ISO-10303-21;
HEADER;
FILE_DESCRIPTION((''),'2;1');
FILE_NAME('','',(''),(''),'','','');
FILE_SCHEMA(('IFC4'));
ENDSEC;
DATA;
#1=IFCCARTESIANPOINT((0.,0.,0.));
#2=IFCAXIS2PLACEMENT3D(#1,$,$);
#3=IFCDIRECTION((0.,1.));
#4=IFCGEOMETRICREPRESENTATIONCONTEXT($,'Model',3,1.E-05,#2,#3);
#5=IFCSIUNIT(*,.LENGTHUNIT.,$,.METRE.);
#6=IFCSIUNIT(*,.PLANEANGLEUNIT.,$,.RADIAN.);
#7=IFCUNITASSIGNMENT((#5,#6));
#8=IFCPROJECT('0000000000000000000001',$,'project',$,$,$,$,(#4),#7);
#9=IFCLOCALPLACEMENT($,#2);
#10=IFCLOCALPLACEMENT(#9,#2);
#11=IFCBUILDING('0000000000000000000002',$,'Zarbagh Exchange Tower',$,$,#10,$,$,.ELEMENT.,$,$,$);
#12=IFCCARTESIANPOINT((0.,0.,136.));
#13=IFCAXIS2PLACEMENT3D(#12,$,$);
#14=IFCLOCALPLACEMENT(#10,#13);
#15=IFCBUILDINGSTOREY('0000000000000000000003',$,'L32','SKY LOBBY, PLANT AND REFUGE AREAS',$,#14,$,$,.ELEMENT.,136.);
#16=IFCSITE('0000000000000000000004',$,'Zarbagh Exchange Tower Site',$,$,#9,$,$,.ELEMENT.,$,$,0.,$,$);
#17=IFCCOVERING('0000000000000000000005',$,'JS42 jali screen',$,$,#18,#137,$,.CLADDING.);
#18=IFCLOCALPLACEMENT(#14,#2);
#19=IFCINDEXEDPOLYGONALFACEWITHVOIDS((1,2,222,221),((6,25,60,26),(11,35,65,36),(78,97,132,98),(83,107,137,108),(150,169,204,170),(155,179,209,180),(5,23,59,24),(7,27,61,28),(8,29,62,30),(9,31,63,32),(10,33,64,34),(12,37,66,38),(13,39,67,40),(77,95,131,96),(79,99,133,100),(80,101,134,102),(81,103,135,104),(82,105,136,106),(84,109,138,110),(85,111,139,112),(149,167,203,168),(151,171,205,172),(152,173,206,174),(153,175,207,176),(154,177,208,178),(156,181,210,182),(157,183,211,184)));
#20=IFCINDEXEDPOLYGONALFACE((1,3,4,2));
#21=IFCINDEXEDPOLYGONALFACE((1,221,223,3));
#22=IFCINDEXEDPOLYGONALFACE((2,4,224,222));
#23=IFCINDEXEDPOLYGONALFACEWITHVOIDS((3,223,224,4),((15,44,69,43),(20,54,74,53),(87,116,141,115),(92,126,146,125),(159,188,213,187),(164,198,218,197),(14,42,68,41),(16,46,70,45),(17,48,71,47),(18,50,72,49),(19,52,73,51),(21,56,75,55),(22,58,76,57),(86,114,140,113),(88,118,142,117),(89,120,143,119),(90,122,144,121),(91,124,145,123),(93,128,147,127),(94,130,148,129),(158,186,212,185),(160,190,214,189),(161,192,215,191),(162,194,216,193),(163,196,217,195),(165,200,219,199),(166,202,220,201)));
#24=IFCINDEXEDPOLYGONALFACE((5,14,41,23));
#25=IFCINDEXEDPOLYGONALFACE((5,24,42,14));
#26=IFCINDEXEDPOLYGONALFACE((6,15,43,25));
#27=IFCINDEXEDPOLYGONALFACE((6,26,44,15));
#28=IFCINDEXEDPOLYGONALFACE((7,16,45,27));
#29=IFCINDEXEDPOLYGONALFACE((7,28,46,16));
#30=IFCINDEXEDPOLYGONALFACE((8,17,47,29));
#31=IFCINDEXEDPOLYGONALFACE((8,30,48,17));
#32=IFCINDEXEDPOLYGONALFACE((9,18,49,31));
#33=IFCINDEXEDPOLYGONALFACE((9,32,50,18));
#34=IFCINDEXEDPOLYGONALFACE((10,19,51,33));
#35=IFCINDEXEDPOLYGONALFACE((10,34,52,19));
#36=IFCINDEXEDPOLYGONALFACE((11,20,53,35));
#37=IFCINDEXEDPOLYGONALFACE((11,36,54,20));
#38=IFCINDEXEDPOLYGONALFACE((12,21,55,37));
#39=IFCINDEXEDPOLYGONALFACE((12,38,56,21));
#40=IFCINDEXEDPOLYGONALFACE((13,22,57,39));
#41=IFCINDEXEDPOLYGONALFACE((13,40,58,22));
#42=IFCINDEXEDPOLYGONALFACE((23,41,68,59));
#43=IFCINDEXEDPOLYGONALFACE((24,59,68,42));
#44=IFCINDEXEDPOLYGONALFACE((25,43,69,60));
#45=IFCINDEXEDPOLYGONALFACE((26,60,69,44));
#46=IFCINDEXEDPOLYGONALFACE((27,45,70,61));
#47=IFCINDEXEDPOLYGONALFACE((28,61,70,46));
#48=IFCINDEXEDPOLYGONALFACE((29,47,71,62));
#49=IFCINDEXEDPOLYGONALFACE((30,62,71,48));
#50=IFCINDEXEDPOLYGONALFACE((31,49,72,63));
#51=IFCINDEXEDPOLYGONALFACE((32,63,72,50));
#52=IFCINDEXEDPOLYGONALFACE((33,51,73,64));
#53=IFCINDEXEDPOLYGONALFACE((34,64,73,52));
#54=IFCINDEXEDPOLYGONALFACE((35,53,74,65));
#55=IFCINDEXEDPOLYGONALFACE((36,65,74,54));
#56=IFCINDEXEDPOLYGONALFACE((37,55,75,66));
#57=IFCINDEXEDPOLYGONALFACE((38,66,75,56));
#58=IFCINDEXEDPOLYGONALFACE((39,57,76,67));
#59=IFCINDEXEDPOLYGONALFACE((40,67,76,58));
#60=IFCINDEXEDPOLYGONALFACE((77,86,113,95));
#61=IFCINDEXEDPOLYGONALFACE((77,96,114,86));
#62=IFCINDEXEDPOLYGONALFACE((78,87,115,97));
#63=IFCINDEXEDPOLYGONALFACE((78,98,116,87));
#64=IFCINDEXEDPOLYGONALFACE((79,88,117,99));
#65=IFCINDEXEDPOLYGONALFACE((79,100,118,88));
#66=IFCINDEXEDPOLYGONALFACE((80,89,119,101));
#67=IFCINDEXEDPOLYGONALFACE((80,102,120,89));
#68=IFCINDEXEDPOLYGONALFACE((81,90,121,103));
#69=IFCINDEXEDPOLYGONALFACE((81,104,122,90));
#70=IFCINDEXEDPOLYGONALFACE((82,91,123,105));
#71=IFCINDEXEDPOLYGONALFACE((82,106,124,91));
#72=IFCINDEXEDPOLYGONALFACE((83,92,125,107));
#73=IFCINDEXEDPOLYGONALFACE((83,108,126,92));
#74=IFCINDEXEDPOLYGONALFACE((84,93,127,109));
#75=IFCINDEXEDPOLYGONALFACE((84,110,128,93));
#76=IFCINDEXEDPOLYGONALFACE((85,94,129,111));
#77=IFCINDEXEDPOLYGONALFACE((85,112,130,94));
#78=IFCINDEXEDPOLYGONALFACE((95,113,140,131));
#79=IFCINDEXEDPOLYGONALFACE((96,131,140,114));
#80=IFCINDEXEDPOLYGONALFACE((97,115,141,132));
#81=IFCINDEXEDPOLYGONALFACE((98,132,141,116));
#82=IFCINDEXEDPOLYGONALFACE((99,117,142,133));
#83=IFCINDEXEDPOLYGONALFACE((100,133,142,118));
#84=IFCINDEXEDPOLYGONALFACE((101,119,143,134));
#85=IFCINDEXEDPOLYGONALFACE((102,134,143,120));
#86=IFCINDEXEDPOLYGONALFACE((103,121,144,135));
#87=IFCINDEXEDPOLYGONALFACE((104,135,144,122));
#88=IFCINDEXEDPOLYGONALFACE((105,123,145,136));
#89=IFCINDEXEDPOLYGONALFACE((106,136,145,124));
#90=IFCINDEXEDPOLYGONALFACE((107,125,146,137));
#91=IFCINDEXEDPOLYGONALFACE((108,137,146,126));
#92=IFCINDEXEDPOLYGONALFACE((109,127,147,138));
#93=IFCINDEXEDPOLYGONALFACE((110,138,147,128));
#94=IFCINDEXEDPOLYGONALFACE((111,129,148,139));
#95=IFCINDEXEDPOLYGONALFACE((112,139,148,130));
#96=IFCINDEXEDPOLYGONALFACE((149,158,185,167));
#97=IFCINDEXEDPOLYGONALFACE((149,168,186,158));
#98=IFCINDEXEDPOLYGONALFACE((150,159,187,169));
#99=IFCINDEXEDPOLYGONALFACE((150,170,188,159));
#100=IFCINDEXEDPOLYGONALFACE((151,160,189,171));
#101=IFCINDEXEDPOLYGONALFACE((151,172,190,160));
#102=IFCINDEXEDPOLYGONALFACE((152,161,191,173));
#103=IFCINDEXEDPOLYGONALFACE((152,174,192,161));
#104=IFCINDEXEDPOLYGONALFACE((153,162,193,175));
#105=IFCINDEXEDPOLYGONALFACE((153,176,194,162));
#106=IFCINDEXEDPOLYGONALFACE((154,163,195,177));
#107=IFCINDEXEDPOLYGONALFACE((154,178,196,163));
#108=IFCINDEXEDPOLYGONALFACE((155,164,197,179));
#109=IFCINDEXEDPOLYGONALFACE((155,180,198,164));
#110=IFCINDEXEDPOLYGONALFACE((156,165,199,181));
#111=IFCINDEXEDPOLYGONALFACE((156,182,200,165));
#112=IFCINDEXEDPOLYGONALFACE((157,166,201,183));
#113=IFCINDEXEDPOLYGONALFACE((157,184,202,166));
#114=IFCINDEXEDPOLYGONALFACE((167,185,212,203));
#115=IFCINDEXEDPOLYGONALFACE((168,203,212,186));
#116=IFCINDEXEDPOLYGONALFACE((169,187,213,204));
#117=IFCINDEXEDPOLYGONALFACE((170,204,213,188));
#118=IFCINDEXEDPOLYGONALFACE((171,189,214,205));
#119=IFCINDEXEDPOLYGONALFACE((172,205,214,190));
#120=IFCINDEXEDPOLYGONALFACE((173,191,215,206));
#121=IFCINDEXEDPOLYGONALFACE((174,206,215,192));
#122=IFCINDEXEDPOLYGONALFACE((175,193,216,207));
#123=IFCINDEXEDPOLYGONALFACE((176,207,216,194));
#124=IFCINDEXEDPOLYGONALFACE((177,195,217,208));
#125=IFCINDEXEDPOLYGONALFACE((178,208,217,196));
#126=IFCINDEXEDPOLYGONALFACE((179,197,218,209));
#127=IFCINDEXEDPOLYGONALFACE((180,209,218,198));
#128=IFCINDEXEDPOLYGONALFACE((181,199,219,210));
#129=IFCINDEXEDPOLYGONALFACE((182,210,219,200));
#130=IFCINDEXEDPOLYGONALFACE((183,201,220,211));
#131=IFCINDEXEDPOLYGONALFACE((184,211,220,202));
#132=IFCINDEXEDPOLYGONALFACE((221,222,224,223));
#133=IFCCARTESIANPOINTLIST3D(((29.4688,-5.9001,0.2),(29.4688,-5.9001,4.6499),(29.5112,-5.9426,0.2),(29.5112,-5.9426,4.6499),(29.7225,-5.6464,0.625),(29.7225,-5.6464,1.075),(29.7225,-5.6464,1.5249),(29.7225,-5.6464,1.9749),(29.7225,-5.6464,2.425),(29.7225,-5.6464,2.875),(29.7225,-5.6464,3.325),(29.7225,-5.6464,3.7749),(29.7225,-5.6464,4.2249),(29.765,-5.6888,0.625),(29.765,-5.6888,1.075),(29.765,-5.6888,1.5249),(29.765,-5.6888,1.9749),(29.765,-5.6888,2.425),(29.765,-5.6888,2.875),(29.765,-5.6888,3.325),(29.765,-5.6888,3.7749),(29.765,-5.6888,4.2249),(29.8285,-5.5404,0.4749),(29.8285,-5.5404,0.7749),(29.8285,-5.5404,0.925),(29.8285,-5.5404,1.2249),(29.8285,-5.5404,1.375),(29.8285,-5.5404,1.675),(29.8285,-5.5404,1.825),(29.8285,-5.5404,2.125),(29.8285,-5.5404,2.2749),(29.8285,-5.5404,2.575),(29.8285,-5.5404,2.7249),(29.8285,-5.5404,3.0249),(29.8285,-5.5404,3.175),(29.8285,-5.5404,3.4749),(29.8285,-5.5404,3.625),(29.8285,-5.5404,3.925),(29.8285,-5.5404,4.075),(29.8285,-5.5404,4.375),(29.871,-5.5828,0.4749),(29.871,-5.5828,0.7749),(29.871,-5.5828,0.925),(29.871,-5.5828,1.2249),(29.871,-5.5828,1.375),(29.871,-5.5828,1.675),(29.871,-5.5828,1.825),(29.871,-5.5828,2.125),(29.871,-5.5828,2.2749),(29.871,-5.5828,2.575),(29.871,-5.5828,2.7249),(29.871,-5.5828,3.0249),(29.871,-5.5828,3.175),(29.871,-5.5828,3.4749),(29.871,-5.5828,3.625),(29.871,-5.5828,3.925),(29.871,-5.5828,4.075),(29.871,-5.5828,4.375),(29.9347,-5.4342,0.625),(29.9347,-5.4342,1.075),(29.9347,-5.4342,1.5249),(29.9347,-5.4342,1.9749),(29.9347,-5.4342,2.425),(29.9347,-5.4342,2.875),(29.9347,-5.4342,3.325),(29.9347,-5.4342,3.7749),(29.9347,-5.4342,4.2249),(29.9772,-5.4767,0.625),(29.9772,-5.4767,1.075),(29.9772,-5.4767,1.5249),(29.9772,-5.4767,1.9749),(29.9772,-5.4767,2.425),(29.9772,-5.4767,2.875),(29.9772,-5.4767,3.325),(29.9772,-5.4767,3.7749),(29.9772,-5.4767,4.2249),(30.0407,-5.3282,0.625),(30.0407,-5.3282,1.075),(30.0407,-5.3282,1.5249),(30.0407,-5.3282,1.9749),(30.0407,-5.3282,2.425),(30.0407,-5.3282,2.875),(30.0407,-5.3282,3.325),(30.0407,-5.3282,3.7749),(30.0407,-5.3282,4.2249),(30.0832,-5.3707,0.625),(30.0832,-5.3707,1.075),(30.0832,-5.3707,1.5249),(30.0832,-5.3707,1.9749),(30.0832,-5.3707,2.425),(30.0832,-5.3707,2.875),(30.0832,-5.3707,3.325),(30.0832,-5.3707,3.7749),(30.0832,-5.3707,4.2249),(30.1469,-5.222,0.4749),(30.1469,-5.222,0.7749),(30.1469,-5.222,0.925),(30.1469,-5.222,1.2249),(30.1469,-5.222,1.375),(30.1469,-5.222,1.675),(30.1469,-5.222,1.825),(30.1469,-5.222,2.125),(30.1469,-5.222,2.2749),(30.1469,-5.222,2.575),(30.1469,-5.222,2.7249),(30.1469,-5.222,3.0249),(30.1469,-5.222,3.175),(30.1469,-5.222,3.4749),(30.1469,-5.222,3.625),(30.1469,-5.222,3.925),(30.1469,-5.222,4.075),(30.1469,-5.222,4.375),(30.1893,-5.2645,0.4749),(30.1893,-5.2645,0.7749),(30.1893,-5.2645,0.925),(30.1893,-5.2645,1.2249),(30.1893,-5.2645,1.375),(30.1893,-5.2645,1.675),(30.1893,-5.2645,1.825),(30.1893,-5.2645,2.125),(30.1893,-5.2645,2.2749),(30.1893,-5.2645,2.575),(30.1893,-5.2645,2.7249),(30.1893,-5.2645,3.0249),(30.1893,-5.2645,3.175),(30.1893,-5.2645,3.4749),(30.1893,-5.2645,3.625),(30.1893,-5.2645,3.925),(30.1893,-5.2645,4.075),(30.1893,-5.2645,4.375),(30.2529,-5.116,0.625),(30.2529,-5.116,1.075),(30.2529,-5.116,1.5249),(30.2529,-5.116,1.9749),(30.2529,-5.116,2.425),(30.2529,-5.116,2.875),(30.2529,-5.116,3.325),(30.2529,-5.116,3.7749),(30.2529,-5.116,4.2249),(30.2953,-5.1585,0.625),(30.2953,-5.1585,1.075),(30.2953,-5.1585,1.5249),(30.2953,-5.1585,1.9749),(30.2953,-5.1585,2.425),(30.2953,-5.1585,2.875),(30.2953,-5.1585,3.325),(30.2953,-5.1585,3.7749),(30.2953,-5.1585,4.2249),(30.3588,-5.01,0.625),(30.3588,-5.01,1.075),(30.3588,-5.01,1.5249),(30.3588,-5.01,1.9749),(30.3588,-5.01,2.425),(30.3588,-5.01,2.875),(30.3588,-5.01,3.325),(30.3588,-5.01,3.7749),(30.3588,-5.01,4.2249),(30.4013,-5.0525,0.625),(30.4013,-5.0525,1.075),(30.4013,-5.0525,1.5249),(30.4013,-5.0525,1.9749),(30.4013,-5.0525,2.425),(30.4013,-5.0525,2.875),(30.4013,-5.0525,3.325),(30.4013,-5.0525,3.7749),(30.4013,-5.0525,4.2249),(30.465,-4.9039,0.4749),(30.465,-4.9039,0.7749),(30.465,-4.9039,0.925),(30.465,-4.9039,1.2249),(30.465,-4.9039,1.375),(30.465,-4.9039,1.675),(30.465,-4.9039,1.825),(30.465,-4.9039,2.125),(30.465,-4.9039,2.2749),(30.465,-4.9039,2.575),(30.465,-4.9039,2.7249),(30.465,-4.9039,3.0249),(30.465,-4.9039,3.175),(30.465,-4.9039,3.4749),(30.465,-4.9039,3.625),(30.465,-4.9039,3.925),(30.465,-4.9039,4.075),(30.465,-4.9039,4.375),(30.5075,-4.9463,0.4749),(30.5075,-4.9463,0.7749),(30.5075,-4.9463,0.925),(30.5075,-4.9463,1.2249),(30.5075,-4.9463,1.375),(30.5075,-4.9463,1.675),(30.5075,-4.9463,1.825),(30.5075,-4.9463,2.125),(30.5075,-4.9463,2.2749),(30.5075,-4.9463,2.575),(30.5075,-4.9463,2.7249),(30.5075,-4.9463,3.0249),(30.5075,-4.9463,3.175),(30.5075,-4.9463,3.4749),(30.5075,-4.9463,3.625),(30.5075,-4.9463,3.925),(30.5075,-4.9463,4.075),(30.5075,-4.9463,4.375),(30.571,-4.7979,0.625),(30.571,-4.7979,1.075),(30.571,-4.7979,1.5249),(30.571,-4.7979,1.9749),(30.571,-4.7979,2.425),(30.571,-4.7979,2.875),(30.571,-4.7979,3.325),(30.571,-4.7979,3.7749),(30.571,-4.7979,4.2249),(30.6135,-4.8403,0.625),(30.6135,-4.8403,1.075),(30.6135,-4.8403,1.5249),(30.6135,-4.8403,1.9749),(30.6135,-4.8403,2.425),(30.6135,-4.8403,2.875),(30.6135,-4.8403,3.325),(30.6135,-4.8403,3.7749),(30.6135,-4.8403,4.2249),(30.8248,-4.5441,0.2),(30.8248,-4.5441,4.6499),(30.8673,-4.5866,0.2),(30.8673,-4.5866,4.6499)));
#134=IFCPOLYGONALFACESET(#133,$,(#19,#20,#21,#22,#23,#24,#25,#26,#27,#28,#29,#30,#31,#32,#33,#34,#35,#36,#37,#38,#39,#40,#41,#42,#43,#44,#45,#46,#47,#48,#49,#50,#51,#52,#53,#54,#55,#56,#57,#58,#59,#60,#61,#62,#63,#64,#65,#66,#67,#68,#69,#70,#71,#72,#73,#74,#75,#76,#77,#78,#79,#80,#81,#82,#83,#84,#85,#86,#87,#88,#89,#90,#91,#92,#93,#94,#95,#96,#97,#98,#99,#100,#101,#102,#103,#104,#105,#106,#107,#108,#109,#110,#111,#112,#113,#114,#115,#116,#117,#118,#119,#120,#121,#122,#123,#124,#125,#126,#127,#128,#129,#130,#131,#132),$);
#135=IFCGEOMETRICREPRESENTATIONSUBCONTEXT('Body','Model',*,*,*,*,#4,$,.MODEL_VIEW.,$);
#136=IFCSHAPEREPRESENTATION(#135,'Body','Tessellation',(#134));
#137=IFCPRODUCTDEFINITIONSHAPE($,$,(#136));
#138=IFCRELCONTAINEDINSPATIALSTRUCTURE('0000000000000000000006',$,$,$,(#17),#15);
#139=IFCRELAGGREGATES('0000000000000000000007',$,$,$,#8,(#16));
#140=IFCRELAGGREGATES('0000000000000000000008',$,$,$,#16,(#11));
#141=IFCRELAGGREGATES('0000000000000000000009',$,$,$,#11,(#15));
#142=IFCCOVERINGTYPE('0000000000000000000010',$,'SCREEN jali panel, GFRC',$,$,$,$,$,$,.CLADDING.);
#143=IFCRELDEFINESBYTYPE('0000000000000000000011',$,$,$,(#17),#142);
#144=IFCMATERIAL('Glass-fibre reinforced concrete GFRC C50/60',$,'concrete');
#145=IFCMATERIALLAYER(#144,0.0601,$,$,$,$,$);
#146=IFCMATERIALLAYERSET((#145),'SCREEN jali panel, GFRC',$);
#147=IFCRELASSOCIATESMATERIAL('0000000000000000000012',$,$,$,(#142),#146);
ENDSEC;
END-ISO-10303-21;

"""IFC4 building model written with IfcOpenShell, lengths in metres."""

from ifc_helpers import new_model, si_unit, direction, frame, origin, place, context, subcontext, project, spatial, polyline, outline, extrude, source, transform, mapped, material, layer, layer_set, type_object, element, save


model = new_model("IFC4")

# Units and contexts
model_context = context("Model", 3, precision=1e-05, world=origin(), true_north=direction((0.0, 1.0)))
body_context = subcontext(model_context, "Body", "Model", "MODEL_VIEW")
ifc_project = project(units=[si_unit("LENGTHUNIT", "METRE"), si_unit("PLANEANGLEUNIT", "RADIAN")], contexts=[model_context])

# Site, building, storey
site_placement = place(None, origin())
site = spatial("IfcSite", under=ifc_project, at=site_placement, Name="Zarbagh Exchange Tower Site", CompositionType="ELEMENT", RefElevation=0.0)
building_placement = place(site_placement, origin())
building = spatial("IfcBuilding", under=site, at=building_placement, Name="Zarbagh Exchange Tower", CompositionType="ELEMENT")
storey_placement = place(building_placement, frame((0.0, 0.0, 136.0)))
storey = spatial("IfcBuildingStorey", under=building, at=storey_placement, Name="L32", Description="SKY LOBBY, PLANT AND REFUGE AREAS", CompositionType="ELEMENT", Elevation=136.0)

# Shared definitions
ifc_material_1 = material(Name="Glass-fibre reinforced concrete GFRC C50/60", Category="concrete")
ifc_layer_1 = layer(ifc_material_1, 0.0601)
ifc_layer_set_1 = layer_set([ifc_layer_1], Name="SCREEN jali panel, GFRC")
covering_type = type_object("IfcCoveringType", Name="SCREEN jali panel, GFRC", PredefinedType="CLADDING", material=ifc_layer_set_1)
placement = place(storey_placement, origin())

# Covering
shared_shape_1 = source(origin(), body_context, "Body", "SweptSolid", [
    extrude(outline(polyline([(0.0, 0.0), (1.9177, 0.0), (1.9177, 4.45), (0.0, 4.45), (0.0, 0.0)]), holes=[polyline([(0.3589, 0.425), (0.5088, 0.2749), (0.6589, 0.425), (0.5088, 0.575), (0.3589, 0.425)]), polyline([(0.3589, 0.875), (0.5088, 0.7251), (0.6589, 0.875), (0.5088, 1.0249), (0.3589, 0.875)]), polyline([(0.3589, 1.325), (0.5088, 1.175), (0.6589, 1.325), (0.5088, 1.4751), (0.3589, 1.325)]), polyline([(0.3589, 1.7749), (0.5088, 1.625), (0.6589, 1.7749), (0.5088, 1.925), (0.3589, 1.7749)]), polyline([(0.3589, 2.2251), (0.5088, 2.075), (0.6589, 2.2251), (0.5088, 2.375), (0.3589, 2.2251)]), polyline([(0.3589, 2.675), (0.5088, 2.5249), (0.6589, 2.675), (0.5088, 2.825), (0.3589, 2.675)]), polyline([(0.3589, 3.125), (0.5088, 2.9751), (0.6589, 3.125), (0.5088, 3.2749), (0.3589, 3.125)]), polyline([(0.3589, 3.575), (0.5088, 3.425), (0.6589, 3.575), (0.5088, 3.7251), (0.3589, 3.575)]), polyline([(0.3589, 4.0249), (0.5088, 3.875), (0.6589, 4.0249), (0.5088, 4.175), (0.3589, 4.0249)]), polyline([(0.8088, 0.425), (0.959, 0.2749), (1.1089, 0.425), (0.959, 0.575), (0.8088, 0.425)]), polyline([(0.8088, 0.875), (0.959, 0.7251), (1.1089, 0.875), (0.959, 1.0249), (0.8088, 0.875)]), polyline([(0.8088, 1.325), (0.959, 1.175), (1.1089, 1.325), (0.959, 1.4751), (0.8088, 1.325)]), polyline([(0.8088, 1.7749), (0.959, 1.625), (1.1089, 1.7749), (0.959, 1.925), (0.8088, 1.7749)]), polyline([(0.8088, 2.2251), (0.959, 2.075), (1.1089, 2.2251), (0.959, 2.375), (0.8088, 2.2251)]), polyline([(0.8088, 2.675), (0.959, 2.5249), (1.1089, 2.675), (0.959, 2.825), (0.8088, 2.675)]), polyline([(0.8088, 3.125), (0.959, 2.9751), (1.1089, 3.125), (0.959, 3.2749), (0.8088, 3.125)]), polyline([(0.8088, 3.575), (0.959, 3.425), (1.1089, 3.575), (0.959, 3.7251), (0.8088, 3.575)]), polyline([(0.8088, 4.0249), (0.959, 3.875), (1.1089, 4.0249), (0.959, 4.175), (0.8088, 4.0249)]), polyline([(1.2588, 0.425), (1.4089, 0.2749), (1.5588, 0.425), (1.4089, 0.575), (1.2588, 0.425)]), polyline([(1.2588, 0.875), (1.4089, 0.7251), (1.5588, 0.875), (1.4089, 1.0249), (1.2588, 0.875)]), polyline([(1.2588, 1.325), (1.4089, 1.175), (1.5588, 1.325), (1.4089, 1.4751), (1.2588, 1.325)]), polyline([(1.2588, 1.7749), (1.4089, 1.625), (1.5588, 1.7749), (1.4089, 1.925), (1.2588, 1.7749)]), polyline([(1.2588, 2.2251), (1.4089, 2.075), (1.5588, 2.2251), (1.4089, 2.375), (1.2588, 2.2251)]), polyline([(1.2588, 2.675), (1.4089, 2.5249), (1.5588, 2.675), (1.4089, 2.825), (1.2588, 2.675)]), polyline([(1.2588, 3.125), (1.4089, 2.9751), (1.5588, 3.125), (1.4089, 3.2749), (1.2588, 3.125)]), polyline([(1.2588, 3.575), (1.4089, 3.425), (1.5588, 3.575), (1.4089, 3.7251), (1.2588, 3.575)]), polyline([(1.2588, 4.0249), (1.4089, 3.875), (1.5588, 4.0249), (1.4089, 4.175), (1.2588, 4.0249)])]), origin(), (0.0, 0.0, 1.0), 0.0601),
])
element("IfcCovering", 1, at=placement, inside=storey, type_object=covering_type, Name="JS42 jali screen", PredefinedType="CLADDING", context=body_context, shape_type="MappedRepresentation", body=[
    mapped(shared_shape_1, transform((29.4688, -5.9001, 0.2), x_axis=(0.707107, 0.707107, 0.0), y_axis=(0.0, 0.0, 1.0), z_axis=(0.707107, -0.707107, 0.0))),
])

save(model, "model.ifc")
